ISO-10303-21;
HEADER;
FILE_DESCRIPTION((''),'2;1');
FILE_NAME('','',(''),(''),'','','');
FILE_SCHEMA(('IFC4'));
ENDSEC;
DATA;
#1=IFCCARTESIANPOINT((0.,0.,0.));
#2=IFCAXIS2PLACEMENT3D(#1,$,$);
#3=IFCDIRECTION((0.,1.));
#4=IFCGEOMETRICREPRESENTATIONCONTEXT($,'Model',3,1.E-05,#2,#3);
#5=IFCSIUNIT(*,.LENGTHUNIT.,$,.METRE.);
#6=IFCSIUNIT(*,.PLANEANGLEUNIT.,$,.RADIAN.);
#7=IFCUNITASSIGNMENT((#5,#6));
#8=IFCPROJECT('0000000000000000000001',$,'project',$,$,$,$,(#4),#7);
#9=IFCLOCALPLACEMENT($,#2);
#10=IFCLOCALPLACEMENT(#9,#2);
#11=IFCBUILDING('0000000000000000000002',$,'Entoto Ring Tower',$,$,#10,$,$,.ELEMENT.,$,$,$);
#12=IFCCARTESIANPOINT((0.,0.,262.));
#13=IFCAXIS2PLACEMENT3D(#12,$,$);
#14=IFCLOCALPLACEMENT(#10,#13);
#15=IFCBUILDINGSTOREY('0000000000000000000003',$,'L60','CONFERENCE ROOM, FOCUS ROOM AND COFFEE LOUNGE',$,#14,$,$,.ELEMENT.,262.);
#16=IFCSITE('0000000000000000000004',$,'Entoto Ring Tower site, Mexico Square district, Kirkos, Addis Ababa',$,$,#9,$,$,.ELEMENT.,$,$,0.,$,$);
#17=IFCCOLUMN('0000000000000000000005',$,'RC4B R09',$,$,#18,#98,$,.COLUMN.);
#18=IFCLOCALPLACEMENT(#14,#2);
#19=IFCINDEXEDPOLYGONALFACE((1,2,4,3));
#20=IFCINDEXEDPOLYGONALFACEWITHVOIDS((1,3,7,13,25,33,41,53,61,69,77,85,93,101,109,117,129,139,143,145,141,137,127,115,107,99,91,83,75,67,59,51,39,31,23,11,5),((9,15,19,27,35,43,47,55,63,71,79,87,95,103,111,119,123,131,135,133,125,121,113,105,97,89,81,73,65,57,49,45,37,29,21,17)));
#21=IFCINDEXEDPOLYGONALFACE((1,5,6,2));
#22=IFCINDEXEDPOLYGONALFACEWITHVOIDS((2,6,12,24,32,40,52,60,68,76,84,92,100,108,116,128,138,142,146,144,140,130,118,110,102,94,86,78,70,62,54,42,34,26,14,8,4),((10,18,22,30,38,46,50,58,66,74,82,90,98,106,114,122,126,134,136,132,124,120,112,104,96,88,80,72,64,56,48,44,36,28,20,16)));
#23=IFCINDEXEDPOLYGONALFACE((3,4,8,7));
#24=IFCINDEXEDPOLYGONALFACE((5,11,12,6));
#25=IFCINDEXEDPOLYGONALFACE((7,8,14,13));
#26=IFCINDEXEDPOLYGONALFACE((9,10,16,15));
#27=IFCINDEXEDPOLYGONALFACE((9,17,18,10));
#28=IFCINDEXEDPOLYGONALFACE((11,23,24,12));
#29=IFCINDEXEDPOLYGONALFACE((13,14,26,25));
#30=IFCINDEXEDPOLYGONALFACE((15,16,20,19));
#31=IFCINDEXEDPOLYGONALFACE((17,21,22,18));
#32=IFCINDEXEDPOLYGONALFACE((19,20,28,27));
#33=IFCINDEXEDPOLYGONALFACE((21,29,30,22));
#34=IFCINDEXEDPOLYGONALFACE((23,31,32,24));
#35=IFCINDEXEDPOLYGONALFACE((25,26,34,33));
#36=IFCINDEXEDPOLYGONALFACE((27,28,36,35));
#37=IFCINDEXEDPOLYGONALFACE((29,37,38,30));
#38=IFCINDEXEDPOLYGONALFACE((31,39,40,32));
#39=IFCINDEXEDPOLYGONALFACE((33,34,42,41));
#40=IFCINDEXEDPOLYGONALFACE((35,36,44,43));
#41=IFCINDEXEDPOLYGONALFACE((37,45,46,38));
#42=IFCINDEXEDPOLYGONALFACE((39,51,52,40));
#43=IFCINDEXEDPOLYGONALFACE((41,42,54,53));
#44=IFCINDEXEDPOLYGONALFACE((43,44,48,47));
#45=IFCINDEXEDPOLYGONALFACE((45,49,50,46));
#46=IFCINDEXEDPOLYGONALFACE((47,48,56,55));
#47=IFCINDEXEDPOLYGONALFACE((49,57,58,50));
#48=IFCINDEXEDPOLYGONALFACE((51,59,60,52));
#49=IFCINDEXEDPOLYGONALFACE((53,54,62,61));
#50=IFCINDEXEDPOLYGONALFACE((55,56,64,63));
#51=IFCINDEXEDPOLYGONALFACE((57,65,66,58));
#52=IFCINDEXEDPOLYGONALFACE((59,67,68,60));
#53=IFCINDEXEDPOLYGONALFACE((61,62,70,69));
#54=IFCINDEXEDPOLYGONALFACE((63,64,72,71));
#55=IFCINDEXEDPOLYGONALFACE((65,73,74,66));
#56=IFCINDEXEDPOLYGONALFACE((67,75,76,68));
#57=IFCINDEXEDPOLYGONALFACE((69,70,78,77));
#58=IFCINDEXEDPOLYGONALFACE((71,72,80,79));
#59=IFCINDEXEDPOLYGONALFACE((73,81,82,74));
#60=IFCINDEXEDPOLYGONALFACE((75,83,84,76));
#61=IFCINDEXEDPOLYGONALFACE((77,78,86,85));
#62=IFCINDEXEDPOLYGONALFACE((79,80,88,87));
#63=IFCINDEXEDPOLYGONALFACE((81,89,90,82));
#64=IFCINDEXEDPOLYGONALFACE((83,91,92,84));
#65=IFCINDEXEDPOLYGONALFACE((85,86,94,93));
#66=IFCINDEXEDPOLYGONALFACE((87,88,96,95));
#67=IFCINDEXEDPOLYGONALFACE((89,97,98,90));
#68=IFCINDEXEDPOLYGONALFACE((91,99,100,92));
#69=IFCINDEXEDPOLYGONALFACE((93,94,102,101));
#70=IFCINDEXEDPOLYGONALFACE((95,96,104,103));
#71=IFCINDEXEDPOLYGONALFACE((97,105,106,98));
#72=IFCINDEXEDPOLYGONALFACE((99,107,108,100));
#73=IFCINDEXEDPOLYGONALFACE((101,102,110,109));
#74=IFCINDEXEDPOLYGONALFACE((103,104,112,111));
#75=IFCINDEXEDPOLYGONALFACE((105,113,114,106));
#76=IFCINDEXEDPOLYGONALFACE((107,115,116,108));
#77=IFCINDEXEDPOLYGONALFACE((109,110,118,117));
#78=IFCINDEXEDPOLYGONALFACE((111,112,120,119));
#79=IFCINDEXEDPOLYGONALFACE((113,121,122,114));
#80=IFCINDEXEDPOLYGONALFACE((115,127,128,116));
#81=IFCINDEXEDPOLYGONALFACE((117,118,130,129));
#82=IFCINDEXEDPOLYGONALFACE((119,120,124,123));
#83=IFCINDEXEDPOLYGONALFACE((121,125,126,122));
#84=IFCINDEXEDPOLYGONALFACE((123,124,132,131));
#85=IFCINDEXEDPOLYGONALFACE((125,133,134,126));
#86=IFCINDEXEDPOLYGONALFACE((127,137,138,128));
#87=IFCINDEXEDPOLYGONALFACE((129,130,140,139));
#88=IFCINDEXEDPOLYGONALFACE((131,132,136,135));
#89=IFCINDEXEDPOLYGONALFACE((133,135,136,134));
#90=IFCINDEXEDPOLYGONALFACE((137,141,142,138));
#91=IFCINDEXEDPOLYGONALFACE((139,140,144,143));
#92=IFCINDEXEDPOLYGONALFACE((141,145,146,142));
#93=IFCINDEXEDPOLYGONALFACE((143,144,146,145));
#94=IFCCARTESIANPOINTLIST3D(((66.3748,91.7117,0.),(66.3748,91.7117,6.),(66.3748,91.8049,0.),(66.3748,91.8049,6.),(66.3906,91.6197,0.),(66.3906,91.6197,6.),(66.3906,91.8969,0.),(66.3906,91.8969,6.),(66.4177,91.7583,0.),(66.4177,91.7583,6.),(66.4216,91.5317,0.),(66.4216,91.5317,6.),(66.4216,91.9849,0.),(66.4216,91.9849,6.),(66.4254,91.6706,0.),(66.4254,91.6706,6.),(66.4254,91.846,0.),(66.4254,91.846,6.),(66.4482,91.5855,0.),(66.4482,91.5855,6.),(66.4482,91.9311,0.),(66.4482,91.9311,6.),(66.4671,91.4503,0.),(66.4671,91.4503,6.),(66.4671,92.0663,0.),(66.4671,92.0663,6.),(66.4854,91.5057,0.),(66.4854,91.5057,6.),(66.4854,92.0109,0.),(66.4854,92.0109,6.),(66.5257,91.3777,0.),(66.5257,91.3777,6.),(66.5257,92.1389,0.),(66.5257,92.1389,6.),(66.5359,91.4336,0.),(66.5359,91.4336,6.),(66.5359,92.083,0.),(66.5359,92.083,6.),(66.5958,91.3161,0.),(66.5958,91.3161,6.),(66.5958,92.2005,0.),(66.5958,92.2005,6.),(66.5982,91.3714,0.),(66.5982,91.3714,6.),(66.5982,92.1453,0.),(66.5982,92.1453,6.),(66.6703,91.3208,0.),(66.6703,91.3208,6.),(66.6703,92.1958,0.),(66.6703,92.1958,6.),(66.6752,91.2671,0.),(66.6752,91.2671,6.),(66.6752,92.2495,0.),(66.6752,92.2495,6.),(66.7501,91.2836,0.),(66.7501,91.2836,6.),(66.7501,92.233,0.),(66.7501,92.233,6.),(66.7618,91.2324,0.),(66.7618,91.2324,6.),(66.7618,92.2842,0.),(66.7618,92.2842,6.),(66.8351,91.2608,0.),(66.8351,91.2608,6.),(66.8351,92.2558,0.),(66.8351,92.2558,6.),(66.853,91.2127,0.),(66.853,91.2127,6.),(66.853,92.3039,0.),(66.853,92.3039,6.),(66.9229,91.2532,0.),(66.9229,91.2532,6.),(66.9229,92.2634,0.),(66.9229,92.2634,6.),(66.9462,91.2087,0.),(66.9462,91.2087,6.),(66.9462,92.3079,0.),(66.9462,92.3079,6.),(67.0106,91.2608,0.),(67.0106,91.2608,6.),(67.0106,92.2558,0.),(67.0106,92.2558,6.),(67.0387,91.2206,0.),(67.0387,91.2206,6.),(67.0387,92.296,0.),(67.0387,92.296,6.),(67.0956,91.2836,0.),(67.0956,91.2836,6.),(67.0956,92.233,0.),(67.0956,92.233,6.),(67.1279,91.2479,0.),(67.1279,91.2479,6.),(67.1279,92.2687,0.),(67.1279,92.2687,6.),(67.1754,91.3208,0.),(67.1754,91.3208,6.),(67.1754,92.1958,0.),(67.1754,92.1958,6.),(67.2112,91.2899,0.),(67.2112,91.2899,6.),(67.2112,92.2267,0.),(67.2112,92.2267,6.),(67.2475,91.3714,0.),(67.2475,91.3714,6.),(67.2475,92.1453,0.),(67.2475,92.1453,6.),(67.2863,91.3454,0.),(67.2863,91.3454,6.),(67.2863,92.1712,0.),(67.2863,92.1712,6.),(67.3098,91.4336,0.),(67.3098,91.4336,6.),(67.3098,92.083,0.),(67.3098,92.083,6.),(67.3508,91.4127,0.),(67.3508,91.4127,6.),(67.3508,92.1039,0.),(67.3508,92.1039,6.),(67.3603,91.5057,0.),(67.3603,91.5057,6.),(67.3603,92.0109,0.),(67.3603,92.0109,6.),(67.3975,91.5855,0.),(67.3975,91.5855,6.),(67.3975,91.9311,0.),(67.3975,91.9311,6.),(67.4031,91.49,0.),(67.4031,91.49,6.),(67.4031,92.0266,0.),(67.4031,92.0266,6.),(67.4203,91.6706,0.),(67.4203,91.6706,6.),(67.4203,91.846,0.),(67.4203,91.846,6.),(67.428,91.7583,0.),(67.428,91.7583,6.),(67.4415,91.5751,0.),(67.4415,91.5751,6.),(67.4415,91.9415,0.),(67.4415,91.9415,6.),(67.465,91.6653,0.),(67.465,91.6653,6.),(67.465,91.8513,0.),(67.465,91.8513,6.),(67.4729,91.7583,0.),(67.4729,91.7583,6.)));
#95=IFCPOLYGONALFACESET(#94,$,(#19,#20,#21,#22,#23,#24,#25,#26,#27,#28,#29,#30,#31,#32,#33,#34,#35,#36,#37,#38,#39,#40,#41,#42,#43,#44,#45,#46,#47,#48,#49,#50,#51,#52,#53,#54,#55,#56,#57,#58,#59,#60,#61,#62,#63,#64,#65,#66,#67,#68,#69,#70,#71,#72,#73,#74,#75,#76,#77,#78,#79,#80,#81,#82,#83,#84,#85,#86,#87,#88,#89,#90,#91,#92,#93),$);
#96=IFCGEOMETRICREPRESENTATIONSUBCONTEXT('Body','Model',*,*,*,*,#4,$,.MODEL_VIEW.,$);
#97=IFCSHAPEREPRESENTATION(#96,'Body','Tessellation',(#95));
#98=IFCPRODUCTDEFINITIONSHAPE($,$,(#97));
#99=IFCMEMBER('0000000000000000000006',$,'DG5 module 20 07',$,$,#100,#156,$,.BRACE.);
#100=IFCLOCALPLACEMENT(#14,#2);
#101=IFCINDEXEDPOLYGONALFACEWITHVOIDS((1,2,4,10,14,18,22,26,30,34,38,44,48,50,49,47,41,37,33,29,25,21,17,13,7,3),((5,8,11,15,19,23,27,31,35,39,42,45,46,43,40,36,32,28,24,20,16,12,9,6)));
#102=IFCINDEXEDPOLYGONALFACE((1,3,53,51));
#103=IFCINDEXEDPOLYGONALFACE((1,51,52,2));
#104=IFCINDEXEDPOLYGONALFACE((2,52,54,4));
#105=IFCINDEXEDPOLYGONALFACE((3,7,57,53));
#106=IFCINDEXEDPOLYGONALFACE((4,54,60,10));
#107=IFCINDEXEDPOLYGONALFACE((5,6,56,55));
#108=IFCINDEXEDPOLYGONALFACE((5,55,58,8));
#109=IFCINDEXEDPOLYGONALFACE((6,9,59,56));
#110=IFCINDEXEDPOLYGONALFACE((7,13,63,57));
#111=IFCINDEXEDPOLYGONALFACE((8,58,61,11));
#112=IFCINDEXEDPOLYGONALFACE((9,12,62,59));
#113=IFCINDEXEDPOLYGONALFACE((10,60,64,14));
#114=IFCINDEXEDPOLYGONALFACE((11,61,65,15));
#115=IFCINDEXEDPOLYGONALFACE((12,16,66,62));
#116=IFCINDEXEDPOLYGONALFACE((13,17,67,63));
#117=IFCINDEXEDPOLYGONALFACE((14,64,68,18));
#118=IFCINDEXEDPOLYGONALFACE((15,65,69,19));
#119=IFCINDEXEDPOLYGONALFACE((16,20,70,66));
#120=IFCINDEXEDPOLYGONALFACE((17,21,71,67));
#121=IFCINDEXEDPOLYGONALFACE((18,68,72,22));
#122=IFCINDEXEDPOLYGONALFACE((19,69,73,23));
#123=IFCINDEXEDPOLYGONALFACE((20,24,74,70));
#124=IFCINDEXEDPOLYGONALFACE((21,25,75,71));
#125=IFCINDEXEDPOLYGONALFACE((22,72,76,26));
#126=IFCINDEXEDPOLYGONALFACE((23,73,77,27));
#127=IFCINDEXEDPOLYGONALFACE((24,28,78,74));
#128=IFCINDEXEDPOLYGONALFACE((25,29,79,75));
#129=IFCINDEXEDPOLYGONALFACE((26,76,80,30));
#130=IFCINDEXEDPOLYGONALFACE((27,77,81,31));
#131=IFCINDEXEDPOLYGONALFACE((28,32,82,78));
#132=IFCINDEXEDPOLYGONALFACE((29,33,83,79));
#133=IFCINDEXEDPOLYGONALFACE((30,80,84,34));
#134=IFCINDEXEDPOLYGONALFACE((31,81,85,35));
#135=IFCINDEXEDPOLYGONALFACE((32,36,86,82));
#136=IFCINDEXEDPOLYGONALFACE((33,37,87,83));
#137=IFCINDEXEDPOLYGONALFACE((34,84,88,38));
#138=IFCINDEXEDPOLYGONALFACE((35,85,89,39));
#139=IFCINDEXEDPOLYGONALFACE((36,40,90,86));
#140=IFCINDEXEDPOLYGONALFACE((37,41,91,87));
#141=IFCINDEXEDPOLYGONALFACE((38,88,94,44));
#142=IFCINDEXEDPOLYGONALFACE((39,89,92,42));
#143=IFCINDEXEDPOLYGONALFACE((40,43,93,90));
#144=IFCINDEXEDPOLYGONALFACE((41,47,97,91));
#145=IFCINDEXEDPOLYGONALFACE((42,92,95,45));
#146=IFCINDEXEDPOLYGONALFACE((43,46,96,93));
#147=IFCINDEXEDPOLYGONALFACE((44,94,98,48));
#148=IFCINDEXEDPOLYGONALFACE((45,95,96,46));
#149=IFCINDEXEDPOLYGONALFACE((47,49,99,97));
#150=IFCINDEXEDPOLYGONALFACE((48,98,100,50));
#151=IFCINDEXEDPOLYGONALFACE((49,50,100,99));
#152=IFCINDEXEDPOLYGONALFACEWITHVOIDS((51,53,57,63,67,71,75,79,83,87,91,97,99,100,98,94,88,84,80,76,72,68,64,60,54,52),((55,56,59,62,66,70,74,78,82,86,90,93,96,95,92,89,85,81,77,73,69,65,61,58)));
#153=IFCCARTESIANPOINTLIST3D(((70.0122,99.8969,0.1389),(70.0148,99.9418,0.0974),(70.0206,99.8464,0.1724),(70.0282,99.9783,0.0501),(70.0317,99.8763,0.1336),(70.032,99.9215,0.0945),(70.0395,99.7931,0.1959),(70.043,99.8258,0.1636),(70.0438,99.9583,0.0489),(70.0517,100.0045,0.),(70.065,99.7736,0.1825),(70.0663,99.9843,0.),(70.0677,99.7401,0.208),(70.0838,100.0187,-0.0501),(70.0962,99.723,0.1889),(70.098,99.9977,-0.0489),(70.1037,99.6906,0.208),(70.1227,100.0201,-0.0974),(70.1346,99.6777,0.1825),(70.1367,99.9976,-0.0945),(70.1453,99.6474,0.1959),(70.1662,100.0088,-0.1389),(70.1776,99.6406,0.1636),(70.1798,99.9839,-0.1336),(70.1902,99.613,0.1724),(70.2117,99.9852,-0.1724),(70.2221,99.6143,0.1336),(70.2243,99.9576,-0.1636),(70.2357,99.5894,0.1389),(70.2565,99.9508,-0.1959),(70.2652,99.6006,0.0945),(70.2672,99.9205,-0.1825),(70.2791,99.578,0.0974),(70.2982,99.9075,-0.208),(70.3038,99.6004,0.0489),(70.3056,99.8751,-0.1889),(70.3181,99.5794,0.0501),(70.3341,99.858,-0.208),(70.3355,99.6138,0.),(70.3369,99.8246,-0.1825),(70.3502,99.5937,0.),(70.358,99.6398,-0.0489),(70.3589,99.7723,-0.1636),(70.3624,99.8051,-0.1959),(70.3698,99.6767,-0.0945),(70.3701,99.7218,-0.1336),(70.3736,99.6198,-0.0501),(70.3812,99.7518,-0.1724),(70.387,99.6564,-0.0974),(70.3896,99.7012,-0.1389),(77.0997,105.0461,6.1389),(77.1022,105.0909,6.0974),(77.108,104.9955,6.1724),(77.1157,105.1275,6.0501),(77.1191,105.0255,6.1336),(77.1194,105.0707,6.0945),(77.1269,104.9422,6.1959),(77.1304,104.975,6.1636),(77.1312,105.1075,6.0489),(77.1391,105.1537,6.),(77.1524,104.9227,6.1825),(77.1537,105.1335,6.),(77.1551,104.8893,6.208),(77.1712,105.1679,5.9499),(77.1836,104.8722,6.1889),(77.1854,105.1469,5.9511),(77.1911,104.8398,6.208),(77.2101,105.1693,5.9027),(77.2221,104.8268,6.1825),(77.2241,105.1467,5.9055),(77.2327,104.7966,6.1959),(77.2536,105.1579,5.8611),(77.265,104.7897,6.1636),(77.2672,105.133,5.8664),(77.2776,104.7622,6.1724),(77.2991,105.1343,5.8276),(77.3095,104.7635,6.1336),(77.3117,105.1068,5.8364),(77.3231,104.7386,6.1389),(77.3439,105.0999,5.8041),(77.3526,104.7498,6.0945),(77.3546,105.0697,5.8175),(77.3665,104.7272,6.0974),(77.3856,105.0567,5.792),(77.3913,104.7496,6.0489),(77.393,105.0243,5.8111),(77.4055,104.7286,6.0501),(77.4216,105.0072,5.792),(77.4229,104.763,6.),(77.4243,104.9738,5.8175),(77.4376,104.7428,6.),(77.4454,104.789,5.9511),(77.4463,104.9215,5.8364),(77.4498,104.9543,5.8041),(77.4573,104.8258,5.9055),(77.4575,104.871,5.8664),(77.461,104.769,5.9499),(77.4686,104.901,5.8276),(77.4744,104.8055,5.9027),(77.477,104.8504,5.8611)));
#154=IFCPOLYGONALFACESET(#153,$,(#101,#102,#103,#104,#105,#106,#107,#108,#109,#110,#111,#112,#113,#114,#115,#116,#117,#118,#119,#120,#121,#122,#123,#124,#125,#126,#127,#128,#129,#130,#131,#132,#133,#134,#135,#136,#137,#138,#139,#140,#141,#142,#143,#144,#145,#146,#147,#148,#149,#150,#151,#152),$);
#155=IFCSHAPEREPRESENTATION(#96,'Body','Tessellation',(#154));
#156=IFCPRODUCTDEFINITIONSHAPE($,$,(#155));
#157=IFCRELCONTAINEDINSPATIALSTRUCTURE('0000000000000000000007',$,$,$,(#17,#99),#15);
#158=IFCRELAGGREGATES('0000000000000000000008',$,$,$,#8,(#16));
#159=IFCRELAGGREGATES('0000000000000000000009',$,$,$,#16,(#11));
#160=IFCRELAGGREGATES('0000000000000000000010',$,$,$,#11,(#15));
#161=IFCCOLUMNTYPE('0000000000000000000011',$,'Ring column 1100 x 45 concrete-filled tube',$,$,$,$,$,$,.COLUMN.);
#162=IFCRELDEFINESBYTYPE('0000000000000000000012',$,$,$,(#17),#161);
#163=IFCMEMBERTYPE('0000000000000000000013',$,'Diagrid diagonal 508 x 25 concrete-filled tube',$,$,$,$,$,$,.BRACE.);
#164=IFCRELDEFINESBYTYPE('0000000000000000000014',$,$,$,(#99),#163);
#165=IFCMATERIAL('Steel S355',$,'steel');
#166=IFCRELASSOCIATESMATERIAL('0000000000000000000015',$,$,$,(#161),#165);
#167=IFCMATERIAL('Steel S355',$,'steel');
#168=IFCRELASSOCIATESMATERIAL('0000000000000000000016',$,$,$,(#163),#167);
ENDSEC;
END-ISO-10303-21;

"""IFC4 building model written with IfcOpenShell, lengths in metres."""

from ifc_helpers import new_model, si_unit, direction, frame, origin, origin_2d, place, context, subcontext, project, spatial, circle, hollow_circle, extrude, material, material_profile, profile_set, type_object, element, save


model = new_model("IFC4")

# Units and contexts
model_context = context("Model", 3, precision=1e-05, world=origin(), true_north=direction((0.0, 1.0)))
body_context = subcontext(model_context, "Body", "Model", "MODEL_VIEW")
ifc_project = project(units=[si_unit("LENGTHUNIT", "METRE"), si_unit("PLANEANGLEUNIT", "RADIAN")], contexts=[model_context])

# Site, building, storey
site_placement = place(None, origin())
site = spatial("IfcSite", under=ifc_project, at=site_placement, Name="Entoto Ring Tower site, Mexico Square district, Kirkos, Addis Ababa", CompositionType="ELEMENT", RefElevation=0.0)
building_placement = place(site_placement, origin())
building = spatial("IfcBuilding", under=site, at=building_placement, Name="Entoto Ring Tower", CompositionType="ELEMENT")
storey_placement = place(building_placement, frame((0.0, 0.0, 262.0)))
storey = spatial("IfcBuildingStorey", under=building, at=storey_placement, Name="L60", Description="CONFERENCE ROOM, FOCUS ROOM AND COFFEE LOUNGE", CompositionType="ELEMENT", Elevation=262.0)

# Column
ifc_material_1 = material(Name="Steel S355", Category="steel")
ifc_material_profile_1 = material_profile(ifc_material_1, hollow_circle(Radius=0.55, WallThickness=0.0449, at=origin_2d()), Name="CHS 1100 x 45")
ifc_material_2 = material(Name="Concrete C60/75", Category="concrete")
ifc_material_profile_2 = material_profile(ifc_material_2, circle(Radius=0.5049, at=origin_2d()), Name="Concrete C60/75 infill")
ifc_profile_set_1 = profile_set([ifc_material_profile_1, ifc_material_profile_2], Name="Steel S355")
column_type = type_object("IfcColumnType", Name="Ring column 1100 x 45 concrete-filled tube", PredefinedType="COLUMN", material=ifc_profile_set_1)
for number, where, z_axis, x_axis, name in (
    (1, (66.9229, 91.7583, 0.0), (0.0, 0.0, 1.0), (1.0, 0.0, 0.0), "RC4B R09"),
):
    element("IfcColumn", number, at=place(storey_placement, frame(where, z_axis=z_axis, x_axis=x_axis)), inside=storey, type_object=column_type, Name=name, PredefinedType="COLUMN", context=body_context, shape_type="SweptSolid", body=[
        extrude(hollow_circle(Radius=0.55, WallThickness=0.0449, at=origin_2d()), origin(), (0.0, 0.0, 1.0), 6.0),
    ])

# Member
ifc_material_3 = material(Name="Steel S355", Category="steel")
ifc_material_profile_3 = material_profile(ifc_material_3, hollow_circle(Radius=0.2539, WallThickness=0.0249, at=origin_2d()), Name="CHS 508 x 25")
ifc_material_4 = material(Name="Concrete C60/75", Category="concrete")
ifc_material_profile_4 = material_profile(ifc_material_4, circle(Radius=0.229, at=origin_2d()), Name="Concrete C60/75 infill")
ifc_profile_set_2 = profile_set([ifc_material_profile_3, ifc_material_profile_4], Name="Steel S355")
member_type_1 = type_object("IfcMemberType", Name="Diagrid diagonal 508 x 25 concrete-filled tube", PredefinedType="BRACE", material=ifc_profile_set_2)
for number, where, z_axis, x_axis, name in (
    (2, (70.2009, 99.7991, 0.0), (0.66748, 0.48494, 0.56507), (-0.587776, 0.809024, 0.0), "DG5 module 20 07"),
):
    element("IfcMember", number, at=place(storey_placement, frame(where, z_axis=z_axis, x_axis=x_axis)), inside=storey, type_object=member_type_1, Name=name, PredefinedType="BRACE", context=body_context, shape_type="SweptSolid", body=[
        extrude(hollow_circle(Radius=0.2539, WallThickness=0.0249, at=origin_2d()), origin(), (0.0, 0.0, 1.0), 10.6182),
    ])

save(model, "model.ifc")
